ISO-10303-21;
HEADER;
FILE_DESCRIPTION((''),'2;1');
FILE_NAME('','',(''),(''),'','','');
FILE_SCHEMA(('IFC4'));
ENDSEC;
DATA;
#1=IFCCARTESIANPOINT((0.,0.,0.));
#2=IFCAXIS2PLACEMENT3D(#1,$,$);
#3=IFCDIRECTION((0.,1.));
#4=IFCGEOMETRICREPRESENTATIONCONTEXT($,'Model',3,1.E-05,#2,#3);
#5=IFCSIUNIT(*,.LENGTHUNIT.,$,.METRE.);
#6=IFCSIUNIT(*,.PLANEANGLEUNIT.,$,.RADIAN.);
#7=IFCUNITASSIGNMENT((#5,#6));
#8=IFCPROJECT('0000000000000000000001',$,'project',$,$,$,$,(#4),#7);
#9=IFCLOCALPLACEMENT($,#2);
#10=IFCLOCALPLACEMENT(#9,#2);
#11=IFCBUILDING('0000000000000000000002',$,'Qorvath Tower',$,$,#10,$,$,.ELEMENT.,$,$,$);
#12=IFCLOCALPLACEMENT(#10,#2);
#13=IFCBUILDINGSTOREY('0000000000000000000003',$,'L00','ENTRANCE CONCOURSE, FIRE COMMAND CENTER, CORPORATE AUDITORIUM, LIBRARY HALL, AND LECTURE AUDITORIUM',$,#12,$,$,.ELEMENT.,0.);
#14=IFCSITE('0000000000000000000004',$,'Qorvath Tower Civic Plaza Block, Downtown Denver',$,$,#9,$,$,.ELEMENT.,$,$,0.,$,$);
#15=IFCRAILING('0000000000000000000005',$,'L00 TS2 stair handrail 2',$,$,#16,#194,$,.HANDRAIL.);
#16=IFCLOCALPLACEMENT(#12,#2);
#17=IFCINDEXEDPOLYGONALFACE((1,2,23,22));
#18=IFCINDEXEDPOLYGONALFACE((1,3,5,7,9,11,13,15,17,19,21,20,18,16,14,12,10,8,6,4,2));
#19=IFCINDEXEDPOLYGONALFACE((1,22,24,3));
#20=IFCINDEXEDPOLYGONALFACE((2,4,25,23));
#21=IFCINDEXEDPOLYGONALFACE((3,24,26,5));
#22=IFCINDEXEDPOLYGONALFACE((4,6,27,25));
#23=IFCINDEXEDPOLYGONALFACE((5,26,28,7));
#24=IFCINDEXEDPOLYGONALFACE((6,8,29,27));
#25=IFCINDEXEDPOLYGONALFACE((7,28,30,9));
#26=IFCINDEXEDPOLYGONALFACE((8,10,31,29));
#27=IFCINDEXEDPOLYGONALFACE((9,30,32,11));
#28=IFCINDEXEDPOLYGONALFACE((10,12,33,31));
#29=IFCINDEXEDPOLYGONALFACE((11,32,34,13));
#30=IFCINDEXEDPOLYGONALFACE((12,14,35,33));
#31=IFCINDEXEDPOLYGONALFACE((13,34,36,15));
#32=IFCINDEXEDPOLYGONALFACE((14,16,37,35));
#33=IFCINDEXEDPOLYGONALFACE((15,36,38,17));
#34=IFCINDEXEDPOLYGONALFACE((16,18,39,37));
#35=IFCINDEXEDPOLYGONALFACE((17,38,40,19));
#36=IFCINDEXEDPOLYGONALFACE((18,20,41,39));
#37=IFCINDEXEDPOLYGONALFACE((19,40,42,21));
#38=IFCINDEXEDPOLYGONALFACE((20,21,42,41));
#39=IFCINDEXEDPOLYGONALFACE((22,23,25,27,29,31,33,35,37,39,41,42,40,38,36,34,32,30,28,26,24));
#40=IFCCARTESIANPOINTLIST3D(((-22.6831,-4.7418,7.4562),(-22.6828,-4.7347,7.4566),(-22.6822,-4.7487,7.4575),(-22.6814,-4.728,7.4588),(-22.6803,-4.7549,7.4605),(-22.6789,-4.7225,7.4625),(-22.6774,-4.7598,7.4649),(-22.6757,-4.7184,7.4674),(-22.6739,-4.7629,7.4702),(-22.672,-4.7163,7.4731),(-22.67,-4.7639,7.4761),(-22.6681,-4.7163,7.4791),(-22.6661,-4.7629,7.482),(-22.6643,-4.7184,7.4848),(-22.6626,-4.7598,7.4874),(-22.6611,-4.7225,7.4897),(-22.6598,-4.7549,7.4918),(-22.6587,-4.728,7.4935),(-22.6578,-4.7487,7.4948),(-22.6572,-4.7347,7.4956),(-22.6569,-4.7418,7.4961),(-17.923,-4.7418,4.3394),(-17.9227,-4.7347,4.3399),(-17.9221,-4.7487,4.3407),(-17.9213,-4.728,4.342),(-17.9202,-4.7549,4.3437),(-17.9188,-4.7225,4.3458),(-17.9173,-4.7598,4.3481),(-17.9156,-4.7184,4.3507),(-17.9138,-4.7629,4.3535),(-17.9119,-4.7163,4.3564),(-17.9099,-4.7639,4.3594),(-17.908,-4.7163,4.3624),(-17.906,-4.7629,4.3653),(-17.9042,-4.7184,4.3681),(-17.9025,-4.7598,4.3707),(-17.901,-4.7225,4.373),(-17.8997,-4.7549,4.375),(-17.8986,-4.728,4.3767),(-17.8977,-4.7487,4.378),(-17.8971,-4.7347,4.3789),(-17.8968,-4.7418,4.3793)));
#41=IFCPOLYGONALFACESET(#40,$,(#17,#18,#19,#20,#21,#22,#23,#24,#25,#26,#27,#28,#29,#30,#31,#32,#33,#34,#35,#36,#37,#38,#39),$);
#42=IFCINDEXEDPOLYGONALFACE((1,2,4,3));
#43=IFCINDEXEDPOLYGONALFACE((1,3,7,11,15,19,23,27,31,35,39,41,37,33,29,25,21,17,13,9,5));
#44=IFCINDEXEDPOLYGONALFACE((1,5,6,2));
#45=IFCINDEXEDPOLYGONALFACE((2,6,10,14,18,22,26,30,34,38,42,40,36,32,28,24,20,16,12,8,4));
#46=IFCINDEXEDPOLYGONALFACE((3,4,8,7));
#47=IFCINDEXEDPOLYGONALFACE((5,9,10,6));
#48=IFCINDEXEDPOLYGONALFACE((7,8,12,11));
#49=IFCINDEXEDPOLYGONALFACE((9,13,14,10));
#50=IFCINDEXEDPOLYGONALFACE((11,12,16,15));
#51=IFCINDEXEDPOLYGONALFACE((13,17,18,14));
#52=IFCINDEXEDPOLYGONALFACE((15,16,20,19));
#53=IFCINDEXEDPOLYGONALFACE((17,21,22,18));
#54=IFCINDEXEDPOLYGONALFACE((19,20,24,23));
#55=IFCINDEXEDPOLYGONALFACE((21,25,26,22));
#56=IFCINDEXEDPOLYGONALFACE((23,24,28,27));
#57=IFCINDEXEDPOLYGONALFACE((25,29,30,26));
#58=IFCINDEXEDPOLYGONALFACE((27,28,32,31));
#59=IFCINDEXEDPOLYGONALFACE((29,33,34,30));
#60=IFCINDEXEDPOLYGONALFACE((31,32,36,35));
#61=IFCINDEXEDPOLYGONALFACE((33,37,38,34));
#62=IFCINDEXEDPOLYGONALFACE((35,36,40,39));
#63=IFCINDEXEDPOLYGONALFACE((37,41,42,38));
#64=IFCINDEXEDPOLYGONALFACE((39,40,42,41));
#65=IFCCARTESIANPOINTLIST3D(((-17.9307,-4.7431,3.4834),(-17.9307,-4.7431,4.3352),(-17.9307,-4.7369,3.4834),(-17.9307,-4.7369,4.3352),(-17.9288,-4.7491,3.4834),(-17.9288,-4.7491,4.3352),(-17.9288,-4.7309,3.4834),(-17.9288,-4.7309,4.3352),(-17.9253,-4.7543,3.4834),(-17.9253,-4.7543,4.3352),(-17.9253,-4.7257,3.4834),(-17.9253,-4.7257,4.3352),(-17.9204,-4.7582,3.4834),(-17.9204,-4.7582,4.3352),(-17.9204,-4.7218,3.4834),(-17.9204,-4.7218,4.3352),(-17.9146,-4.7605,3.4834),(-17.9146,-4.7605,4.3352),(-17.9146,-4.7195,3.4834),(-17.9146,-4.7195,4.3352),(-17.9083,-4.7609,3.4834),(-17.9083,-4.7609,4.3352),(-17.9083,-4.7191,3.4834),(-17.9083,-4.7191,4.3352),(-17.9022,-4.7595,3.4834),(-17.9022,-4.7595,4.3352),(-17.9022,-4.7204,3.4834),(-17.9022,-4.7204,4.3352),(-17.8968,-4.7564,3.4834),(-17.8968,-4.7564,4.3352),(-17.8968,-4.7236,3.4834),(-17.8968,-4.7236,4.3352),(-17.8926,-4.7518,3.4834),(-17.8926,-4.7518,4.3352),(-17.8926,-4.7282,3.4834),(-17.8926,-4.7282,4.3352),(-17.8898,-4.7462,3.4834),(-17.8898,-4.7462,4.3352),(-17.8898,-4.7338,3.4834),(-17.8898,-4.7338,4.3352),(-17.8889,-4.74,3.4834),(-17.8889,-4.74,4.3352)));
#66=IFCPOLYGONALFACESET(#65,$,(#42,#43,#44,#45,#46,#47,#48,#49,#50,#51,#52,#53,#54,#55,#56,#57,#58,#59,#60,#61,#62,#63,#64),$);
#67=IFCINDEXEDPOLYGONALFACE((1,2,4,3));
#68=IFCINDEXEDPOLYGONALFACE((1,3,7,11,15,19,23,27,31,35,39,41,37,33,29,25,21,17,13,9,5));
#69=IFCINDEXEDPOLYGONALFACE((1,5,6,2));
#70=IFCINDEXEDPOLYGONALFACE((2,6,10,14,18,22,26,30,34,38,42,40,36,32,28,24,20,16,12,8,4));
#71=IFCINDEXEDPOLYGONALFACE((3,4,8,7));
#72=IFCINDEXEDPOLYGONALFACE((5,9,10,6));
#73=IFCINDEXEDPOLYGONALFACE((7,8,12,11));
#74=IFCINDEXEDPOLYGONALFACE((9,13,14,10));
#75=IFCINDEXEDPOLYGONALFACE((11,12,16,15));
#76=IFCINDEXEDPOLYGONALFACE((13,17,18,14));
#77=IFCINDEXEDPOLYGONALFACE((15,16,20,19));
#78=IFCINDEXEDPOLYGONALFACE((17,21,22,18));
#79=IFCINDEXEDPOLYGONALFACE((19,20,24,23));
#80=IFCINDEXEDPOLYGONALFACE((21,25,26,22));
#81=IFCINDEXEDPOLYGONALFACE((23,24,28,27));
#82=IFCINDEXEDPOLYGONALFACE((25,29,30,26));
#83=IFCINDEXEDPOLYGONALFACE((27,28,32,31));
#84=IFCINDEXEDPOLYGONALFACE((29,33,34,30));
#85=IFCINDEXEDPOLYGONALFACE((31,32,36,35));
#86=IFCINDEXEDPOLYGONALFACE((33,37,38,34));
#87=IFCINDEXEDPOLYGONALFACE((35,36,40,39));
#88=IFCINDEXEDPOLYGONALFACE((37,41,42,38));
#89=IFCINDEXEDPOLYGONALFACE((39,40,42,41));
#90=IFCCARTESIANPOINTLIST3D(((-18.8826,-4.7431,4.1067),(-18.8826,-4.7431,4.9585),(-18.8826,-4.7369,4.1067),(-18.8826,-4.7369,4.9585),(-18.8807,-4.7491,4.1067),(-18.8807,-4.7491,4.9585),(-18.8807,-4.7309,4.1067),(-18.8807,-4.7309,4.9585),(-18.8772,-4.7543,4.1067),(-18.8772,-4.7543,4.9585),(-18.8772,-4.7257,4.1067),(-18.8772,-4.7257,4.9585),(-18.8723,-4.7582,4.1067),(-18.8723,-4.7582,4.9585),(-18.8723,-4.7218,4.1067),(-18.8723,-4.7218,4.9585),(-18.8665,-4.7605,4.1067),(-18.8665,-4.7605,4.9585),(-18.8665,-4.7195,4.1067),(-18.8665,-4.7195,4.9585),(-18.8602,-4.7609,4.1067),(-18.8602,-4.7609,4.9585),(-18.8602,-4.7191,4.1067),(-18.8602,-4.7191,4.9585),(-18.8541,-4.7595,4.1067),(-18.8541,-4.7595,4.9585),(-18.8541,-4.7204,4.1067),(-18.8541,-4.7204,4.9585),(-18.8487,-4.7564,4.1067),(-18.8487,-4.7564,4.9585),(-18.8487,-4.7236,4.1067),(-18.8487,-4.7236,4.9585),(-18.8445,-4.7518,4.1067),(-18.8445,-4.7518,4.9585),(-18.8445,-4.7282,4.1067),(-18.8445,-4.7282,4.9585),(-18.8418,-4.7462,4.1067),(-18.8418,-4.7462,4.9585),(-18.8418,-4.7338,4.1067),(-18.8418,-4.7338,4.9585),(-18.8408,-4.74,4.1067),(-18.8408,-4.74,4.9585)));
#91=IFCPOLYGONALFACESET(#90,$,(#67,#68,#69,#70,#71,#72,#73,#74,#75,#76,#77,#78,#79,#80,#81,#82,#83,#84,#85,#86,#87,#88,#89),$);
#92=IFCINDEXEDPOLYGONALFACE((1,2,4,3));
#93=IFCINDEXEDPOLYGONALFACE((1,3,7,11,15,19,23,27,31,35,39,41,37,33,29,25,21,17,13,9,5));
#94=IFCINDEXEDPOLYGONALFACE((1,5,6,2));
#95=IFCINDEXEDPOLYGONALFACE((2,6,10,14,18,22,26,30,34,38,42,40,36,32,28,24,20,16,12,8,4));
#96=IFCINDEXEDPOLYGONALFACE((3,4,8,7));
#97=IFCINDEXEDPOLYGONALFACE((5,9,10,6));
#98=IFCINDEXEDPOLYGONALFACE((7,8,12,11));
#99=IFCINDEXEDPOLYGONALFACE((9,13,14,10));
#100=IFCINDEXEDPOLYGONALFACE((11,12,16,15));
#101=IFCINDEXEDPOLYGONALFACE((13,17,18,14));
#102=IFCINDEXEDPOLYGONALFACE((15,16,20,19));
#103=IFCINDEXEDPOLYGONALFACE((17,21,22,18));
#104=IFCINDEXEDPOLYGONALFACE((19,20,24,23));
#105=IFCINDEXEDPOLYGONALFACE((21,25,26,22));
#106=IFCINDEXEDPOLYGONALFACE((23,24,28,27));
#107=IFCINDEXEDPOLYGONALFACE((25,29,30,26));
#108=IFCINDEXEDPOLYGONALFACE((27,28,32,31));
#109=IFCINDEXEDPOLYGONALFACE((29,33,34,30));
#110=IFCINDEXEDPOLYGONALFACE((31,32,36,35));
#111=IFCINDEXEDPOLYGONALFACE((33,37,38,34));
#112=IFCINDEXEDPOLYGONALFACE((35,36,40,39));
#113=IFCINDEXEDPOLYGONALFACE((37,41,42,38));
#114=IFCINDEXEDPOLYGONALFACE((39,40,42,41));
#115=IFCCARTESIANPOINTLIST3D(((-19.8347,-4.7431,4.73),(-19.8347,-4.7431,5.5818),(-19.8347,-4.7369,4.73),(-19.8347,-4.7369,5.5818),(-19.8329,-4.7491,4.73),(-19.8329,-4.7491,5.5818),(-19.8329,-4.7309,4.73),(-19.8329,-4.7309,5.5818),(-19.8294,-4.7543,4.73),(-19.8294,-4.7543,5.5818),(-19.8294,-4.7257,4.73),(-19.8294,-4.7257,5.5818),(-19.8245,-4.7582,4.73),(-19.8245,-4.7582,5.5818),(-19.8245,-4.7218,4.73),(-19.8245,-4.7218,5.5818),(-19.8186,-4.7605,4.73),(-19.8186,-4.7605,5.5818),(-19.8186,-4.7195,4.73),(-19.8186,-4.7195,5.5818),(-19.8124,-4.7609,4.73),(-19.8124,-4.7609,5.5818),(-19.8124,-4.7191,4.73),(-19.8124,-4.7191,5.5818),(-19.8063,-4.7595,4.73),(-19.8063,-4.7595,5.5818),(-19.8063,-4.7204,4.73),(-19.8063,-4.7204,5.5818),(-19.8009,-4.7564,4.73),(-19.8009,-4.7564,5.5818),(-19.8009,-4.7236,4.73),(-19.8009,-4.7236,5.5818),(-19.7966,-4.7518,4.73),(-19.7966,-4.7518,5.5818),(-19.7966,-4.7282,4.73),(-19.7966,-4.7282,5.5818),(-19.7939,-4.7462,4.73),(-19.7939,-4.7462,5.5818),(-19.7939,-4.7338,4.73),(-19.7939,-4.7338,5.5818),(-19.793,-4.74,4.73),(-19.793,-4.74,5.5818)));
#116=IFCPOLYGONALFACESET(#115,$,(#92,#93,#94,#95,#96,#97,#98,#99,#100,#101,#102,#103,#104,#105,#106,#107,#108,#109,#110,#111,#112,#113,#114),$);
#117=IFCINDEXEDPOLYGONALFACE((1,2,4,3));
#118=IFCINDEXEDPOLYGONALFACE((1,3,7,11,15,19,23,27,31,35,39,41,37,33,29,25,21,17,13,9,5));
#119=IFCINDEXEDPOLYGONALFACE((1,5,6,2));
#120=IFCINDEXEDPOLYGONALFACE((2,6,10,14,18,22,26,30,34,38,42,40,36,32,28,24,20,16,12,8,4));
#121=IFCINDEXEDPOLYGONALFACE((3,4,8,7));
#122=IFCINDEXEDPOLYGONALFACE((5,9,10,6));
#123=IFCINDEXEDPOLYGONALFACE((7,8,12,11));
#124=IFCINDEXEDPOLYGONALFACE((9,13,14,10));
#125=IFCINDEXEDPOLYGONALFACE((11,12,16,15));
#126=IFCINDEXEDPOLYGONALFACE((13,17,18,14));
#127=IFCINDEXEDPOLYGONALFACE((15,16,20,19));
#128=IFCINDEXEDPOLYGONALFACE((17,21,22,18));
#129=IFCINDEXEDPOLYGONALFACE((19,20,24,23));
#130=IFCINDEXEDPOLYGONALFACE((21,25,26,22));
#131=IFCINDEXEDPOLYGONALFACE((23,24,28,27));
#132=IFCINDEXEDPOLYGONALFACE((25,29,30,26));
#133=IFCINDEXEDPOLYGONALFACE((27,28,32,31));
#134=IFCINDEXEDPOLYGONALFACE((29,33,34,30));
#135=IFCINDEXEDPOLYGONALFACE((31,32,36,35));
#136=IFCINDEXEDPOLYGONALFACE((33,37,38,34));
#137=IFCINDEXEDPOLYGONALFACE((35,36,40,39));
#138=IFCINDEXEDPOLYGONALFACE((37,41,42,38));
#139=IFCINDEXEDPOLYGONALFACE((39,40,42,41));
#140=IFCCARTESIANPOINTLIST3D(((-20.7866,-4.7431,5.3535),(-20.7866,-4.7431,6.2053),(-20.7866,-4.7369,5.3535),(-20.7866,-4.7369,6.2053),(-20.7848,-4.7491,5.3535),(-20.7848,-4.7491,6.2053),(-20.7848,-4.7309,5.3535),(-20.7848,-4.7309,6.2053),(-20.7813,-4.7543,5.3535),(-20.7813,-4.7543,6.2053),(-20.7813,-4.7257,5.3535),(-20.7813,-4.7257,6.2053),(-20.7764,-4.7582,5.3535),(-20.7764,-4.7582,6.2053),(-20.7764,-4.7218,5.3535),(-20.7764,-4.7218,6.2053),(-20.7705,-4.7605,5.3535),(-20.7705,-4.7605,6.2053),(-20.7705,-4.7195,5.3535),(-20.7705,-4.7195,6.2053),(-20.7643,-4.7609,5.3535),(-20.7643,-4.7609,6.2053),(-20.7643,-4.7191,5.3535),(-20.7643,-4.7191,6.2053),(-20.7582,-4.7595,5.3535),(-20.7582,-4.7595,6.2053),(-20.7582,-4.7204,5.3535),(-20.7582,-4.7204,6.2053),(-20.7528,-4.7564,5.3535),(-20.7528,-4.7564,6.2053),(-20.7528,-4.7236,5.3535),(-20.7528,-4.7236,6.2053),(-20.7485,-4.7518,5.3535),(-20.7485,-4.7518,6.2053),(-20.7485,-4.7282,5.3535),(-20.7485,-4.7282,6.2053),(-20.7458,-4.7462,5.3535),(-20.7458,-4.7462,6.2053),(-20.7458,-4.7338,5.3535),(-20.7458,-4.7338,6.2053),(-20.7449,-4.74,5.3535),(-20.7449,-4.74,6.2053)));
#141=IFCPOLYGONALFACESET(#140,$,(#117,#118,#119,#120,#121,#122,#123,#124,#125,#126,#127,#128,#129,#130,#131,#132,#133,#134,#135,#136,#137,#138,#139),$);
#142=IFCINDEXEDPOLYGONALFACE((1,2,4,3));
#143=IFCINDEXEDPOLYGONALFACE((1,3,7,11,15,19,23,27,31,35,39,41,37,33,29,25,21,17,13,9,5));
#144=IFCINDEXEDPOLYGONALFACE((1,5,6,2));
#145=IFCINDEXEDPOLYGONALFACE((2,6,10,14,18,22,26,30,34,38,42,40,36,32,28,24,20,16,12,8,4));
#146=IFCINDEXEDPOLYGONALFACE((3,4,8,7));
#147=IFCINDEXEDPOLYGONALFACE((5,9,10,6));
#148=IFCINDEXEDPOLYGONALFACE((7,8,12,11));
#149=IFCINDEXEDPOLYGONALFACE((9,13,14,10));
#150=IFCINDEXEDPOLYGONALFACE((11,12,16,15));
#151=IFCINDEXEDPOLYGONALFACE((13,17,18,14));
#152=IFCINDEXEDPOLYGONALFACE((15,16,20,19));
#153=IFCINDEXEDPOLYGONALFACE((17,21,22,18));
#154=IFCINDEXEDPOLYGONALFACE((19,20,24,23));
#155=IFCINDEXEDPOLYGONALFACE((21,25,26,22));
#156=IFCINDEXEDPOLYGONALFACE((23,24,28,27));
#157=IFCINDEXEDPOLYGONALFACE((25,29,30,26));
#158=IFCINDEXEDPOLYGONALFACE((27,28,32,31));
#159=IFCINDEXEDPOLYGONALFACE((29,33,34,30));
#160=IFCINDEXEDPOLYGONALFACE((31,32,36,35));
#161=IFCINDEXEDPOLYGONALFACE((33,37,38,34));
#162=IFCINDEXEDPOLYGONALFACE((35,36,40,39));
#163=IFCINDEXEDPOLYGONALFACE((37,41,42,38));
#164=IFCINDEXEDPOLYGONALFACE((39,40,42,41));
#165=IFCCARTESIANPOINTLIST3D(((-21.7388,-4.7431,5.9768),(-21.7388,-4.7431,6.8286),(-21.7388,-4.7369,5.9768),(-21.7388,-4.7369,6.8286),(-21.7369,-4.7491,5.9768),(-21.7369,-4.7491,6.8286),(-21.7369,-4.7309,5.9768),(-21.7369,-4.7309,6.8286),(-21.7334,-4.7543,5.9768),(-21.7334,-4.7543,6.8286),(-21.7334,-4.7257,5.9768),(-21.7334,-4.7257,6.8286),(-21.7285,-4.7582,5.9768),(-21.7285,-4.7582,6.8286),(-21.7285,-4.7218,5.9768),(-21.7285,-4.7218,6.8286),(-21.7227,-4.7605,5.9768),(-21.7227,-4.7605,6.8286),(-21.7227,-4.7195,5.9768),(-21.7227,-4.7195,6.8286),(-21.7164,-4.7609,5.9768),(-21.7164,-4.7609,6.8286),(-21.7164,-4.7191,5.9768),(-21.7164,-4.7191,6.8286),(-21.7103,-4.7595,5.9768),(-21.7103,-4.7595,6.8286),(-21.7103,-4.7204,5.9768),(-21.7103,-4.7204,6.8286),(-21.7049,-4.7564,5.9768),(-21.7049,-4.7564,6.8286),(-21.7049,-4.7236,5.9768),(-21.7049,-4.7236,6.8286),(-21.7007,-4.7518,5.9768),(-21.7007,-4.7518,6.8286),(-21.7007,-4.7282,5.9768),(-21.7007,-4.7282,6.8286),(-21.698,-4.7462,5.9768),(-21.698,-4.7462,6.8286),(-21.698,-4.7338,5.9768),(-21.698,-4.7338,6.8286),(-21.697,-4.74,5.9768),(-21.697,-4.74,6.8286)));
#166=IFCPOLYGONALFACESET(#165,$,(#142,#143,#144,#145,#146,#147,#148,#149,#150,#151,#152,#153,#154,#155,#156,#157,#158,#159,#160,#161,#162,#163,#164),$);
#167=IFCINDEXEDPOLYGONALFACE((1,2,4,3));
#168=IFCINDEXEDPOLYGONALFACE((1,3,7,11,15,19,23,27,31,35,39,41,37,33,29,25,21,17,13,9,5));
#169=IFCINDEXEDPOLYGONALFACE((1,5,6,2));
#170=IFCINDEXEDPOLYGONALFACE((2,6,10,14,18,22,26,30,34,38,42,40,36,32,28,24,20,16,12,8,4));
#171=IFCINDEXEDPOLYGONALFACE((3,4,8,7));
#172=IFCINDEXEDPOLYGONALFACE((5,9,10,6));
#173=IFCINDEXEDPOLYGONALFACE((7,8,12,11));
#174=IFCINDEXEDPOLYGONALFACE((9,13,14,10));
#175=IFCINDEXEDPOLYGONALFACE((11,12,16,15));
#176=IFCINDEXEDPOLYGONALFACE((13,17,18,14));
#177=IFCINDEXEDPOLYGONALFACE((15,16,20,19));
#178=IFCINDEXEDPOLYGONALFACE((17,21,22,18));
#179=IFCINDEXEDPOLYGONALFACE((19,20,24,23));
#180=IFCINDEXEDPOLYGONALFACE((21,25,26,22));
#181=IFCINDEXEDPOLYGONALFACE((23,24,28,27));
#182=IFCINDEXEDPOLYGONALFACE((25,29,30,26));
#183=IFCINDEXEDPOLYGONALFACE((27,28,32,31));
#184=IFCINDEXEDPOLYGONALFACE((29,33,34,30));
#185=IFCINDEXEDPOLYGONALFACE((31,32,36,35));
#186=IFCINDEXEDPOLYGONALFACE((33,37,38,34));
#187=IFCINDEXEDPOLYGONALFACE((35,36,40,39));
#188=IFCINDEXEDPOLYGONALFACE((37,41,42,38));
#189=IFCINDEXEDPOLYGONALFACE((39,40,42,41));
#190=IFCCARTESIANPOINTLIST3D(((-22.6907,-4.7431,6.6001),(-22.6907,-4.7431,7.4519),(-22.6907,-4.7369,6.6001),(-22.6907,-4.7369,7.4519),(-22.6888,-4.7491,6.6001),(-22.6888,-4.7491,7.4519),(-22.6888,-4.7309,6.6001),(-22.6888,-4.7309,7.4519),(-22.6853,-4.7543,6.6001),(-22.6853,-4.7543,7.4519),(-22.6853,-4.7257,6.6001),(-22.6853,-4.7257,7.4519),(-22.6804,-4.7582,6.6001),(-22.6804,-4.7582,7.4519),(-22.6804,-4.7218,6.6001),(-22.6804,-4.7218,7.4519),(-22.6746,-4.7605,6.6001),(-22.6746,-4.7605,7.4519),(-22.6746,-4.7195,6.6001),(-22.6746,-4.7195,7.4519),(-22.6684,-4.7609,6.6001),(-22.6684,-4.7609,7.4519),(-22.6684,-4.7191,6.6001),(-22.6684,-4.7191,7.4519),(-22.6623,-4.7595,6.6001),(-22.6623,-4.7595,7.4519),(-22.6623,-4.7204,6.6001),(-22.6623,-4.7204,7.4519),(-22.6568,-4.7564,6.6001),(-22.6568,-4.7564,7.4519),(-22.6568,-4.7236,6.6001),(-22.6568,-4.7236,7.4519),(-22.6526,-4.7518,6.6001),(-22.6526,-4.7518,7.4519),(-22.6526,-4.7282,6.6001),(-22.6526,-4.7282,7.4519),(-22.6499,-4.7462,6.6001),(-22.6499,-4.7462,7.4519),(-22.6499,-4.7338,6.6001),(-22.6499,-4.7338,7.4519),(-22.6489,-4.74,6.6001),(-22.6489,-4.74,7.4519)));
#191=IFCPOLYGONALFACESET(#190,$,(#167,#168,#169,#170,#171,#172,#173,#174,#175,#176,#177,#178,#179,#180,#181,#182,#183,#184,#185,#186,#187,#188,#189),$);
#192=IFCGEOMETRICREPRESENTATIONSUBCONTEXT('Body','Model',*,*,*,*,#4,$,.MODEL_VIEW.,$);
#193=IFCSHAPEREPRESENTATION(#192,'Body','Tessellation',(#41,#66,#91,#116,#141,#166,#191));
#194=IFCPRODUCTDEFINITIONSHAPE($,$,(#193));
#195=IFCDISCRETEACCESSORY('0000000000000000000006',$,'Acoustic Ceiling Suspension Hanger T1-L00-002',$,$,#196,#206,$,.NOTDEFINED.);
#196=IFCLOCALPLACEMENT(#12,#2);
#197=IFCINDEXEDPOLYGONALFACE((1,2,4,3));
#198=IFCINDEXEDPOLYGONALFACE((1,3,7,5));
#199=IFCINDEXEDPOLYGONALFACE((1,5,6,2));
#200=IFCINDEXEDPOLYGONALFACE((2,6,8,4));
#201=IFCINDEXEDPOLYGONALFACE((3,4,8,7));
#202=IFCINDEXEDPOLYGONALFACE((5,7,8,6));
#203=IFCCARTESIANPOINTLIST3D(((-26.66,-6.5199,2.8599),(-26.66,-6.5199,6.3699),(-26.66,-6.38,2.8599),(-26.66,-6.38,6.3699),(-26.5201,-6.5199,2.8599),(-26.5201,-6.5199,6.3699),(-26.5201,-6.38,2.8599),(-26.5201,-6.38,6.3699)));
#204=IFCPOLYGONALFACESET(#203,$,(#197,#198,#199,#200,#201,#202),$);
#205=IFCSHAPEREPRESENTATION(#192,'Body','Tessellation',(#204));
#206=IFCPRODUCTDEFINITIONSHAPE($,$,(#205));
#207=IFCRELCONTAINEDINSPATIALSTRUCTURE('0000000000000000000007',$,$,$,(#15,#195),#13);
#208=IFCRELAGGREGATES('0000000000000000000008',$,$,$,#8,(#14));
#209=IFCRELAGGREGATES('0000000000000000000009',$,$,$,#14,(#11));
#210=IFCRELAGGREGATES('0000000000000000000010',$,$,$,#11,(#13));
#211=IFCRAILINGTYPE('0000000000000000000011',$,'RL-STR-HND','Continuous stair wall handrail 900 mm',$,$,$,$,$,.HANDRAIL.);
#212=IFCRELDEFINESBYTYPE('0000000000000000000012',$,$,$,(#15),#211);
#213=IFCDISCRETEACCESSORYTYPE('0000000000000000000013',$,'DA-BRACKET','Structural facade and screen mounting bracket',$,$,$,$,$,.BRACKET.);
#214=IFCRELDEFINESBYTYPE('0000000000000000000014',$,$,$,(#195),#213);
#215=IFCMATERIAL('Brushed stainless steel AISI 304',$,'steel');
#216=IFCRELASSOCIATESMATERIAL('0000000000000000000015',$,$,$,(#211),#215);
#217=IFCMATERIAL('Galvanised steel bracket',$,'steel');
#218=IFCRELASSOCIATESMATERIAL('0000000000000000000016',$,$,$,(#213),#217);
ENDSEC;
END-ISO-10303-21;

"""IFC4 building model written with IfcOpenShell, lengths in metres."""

from ifc_helpers import new_model, si_unit, direction, frame, origin, origin_2d, place, context, subcontext, project, spatial, rectangle, circle, extrude, material, type_object, element, save


model = new_model("IFC4")

# Units and contexts
model_context = context("Model", 3, precision=1e-05, world=origin(), true_north=direction((0.0, 1.0)))
body_context = subcontext(model_context, "Body", "Model", "MODEL_VIEW")
ifc_project = project(units=[si_unit("LENGTHUNIT", "METRE"), si_unit("PLANEANGLEUNIT", "RADIAN")], contexts=[model_context])

# Site, building, storey
site_placement = place(None, origin())
site = spatial("IfcSite", under=ifc_project, at=site_placement, Name="Qorvath Tower Civic Plaza Block, Downtown Denver", CompositionType="ELEMENT", RefElevation=0.0)
building_placement = place(site_placement, origin())
building = spatial("IfcBuilding", under=site, at=building_placement, Name="Qorvath Tower", CompositionType="ELEMENT")
storey_placement = place(building_placement, origin())
storey = spatial("IfcBuildingStorey", under=building, at=storey_placement, Name="L00", Description="ENTRANCE CONCOURSE, FIRE COMMAND CENTER, CORPORATE AUDITORIUM, LIBRARY HALL, AND LECTURE AUDITORIUM", CompositionType="ELEMENT", Elevation=0.0)

# Railing
ifc_material_1 = material(Name="Brushed stainless steel AISI 304", Category="steel")
railing_type_1 = type_object("IfcRailingType", Name="RL-STR-HND", Description="Continuous stair wall handrail 900 mm", PredefinedType="HANDRAIL", material=ifc_material_1)
railing_1_placement = place(storey_placement, frame((-17.9099, -4.74, 3.4834)))
element("IfcRailing", 1, at=railing_1_placement, inside=storey, type_object=railing_type_1, Name="L00 TS2 stair handrail 2", PredefinedType="HANDRAIL", context=body_context, shape_type="SweptSolid", body=[
    extrude(circle(Radius=0.0239, at=origin_2d()), frame((0.0, 0.0, 0.876), z_axis=(-0.836616, 0.0, 0.547789), x_axis=(0.0, -1.0, 0.0)), (0.0, 0.0, 1.0), 5.6897),
    extrude(circle(Radius=0.021, at=origin_2d()), origin(), (0.0, 0.0, 1.0), 0.8518),
    extrude(circle(Radius=0.021, at=origin_2d()), frame((-0.9519, 0.0, 0.6233)), (0.0, 0.0, 1.0), 0.8518),
    extrude(circle(Radius=0.021, at=origin_2d()), frame((-1.9041, 0.0, 1.2466)), (0.0, 0.0, 1.0), 0.8518),
    extrude(circle(Radius=0.021, at=origin_2d()), frame((-2.856, 0.0, 1.8701)), (0.0, 0.0, 1.0), 0.8518),
    extrude(circle(Radius=0.021, at=origin_2d()), frame((-3.8081, 0.0, 2.4934)), (0.0, 0.0, 1.0), 0.8518),
    extrude(circle(Radius=0.021, at=origin_2d()), frame((-4.76, 0.0, 3.1167)), (0.0, 0.0, 1.0), 0.8518),
])

# Discrete accessory
ifc_material_2 = material(Name="Galvanised steel bracket", Category="steel")
discrete_accessory_type = type_object("IfcDiscreteAccessoryType", Name="DA-BRACKET", Description="Structural facade and screen mounting bracket", PredefinedType="BRACKET", material=ifc_material_2)
discrete_accessory_placement = place(storey_placement, frame((-26.5901, -6.45, 2.8599), z_axis=(0.0, 0.0, 1.0), x_axis=(1.0, 0.0, 0.0)))
element("IfcDiscreteAccessory", 2, at=discrete_accessory_placement, inside=storey, type_object=discrete_accessory_type, Name="Acoustic Ceiling Suspension Hanger T1-L00-002", PredefinedType="NOTDEFINED", context=body_context, shape_type="SweptSolid", body=[
    extrude(rectangle(XDim=0.1399, YDim=0.1399, at=origin_2d()), origin(), (0.0, 0.0, 1.0), 3.51),
])

save(model, "model.ifc")
